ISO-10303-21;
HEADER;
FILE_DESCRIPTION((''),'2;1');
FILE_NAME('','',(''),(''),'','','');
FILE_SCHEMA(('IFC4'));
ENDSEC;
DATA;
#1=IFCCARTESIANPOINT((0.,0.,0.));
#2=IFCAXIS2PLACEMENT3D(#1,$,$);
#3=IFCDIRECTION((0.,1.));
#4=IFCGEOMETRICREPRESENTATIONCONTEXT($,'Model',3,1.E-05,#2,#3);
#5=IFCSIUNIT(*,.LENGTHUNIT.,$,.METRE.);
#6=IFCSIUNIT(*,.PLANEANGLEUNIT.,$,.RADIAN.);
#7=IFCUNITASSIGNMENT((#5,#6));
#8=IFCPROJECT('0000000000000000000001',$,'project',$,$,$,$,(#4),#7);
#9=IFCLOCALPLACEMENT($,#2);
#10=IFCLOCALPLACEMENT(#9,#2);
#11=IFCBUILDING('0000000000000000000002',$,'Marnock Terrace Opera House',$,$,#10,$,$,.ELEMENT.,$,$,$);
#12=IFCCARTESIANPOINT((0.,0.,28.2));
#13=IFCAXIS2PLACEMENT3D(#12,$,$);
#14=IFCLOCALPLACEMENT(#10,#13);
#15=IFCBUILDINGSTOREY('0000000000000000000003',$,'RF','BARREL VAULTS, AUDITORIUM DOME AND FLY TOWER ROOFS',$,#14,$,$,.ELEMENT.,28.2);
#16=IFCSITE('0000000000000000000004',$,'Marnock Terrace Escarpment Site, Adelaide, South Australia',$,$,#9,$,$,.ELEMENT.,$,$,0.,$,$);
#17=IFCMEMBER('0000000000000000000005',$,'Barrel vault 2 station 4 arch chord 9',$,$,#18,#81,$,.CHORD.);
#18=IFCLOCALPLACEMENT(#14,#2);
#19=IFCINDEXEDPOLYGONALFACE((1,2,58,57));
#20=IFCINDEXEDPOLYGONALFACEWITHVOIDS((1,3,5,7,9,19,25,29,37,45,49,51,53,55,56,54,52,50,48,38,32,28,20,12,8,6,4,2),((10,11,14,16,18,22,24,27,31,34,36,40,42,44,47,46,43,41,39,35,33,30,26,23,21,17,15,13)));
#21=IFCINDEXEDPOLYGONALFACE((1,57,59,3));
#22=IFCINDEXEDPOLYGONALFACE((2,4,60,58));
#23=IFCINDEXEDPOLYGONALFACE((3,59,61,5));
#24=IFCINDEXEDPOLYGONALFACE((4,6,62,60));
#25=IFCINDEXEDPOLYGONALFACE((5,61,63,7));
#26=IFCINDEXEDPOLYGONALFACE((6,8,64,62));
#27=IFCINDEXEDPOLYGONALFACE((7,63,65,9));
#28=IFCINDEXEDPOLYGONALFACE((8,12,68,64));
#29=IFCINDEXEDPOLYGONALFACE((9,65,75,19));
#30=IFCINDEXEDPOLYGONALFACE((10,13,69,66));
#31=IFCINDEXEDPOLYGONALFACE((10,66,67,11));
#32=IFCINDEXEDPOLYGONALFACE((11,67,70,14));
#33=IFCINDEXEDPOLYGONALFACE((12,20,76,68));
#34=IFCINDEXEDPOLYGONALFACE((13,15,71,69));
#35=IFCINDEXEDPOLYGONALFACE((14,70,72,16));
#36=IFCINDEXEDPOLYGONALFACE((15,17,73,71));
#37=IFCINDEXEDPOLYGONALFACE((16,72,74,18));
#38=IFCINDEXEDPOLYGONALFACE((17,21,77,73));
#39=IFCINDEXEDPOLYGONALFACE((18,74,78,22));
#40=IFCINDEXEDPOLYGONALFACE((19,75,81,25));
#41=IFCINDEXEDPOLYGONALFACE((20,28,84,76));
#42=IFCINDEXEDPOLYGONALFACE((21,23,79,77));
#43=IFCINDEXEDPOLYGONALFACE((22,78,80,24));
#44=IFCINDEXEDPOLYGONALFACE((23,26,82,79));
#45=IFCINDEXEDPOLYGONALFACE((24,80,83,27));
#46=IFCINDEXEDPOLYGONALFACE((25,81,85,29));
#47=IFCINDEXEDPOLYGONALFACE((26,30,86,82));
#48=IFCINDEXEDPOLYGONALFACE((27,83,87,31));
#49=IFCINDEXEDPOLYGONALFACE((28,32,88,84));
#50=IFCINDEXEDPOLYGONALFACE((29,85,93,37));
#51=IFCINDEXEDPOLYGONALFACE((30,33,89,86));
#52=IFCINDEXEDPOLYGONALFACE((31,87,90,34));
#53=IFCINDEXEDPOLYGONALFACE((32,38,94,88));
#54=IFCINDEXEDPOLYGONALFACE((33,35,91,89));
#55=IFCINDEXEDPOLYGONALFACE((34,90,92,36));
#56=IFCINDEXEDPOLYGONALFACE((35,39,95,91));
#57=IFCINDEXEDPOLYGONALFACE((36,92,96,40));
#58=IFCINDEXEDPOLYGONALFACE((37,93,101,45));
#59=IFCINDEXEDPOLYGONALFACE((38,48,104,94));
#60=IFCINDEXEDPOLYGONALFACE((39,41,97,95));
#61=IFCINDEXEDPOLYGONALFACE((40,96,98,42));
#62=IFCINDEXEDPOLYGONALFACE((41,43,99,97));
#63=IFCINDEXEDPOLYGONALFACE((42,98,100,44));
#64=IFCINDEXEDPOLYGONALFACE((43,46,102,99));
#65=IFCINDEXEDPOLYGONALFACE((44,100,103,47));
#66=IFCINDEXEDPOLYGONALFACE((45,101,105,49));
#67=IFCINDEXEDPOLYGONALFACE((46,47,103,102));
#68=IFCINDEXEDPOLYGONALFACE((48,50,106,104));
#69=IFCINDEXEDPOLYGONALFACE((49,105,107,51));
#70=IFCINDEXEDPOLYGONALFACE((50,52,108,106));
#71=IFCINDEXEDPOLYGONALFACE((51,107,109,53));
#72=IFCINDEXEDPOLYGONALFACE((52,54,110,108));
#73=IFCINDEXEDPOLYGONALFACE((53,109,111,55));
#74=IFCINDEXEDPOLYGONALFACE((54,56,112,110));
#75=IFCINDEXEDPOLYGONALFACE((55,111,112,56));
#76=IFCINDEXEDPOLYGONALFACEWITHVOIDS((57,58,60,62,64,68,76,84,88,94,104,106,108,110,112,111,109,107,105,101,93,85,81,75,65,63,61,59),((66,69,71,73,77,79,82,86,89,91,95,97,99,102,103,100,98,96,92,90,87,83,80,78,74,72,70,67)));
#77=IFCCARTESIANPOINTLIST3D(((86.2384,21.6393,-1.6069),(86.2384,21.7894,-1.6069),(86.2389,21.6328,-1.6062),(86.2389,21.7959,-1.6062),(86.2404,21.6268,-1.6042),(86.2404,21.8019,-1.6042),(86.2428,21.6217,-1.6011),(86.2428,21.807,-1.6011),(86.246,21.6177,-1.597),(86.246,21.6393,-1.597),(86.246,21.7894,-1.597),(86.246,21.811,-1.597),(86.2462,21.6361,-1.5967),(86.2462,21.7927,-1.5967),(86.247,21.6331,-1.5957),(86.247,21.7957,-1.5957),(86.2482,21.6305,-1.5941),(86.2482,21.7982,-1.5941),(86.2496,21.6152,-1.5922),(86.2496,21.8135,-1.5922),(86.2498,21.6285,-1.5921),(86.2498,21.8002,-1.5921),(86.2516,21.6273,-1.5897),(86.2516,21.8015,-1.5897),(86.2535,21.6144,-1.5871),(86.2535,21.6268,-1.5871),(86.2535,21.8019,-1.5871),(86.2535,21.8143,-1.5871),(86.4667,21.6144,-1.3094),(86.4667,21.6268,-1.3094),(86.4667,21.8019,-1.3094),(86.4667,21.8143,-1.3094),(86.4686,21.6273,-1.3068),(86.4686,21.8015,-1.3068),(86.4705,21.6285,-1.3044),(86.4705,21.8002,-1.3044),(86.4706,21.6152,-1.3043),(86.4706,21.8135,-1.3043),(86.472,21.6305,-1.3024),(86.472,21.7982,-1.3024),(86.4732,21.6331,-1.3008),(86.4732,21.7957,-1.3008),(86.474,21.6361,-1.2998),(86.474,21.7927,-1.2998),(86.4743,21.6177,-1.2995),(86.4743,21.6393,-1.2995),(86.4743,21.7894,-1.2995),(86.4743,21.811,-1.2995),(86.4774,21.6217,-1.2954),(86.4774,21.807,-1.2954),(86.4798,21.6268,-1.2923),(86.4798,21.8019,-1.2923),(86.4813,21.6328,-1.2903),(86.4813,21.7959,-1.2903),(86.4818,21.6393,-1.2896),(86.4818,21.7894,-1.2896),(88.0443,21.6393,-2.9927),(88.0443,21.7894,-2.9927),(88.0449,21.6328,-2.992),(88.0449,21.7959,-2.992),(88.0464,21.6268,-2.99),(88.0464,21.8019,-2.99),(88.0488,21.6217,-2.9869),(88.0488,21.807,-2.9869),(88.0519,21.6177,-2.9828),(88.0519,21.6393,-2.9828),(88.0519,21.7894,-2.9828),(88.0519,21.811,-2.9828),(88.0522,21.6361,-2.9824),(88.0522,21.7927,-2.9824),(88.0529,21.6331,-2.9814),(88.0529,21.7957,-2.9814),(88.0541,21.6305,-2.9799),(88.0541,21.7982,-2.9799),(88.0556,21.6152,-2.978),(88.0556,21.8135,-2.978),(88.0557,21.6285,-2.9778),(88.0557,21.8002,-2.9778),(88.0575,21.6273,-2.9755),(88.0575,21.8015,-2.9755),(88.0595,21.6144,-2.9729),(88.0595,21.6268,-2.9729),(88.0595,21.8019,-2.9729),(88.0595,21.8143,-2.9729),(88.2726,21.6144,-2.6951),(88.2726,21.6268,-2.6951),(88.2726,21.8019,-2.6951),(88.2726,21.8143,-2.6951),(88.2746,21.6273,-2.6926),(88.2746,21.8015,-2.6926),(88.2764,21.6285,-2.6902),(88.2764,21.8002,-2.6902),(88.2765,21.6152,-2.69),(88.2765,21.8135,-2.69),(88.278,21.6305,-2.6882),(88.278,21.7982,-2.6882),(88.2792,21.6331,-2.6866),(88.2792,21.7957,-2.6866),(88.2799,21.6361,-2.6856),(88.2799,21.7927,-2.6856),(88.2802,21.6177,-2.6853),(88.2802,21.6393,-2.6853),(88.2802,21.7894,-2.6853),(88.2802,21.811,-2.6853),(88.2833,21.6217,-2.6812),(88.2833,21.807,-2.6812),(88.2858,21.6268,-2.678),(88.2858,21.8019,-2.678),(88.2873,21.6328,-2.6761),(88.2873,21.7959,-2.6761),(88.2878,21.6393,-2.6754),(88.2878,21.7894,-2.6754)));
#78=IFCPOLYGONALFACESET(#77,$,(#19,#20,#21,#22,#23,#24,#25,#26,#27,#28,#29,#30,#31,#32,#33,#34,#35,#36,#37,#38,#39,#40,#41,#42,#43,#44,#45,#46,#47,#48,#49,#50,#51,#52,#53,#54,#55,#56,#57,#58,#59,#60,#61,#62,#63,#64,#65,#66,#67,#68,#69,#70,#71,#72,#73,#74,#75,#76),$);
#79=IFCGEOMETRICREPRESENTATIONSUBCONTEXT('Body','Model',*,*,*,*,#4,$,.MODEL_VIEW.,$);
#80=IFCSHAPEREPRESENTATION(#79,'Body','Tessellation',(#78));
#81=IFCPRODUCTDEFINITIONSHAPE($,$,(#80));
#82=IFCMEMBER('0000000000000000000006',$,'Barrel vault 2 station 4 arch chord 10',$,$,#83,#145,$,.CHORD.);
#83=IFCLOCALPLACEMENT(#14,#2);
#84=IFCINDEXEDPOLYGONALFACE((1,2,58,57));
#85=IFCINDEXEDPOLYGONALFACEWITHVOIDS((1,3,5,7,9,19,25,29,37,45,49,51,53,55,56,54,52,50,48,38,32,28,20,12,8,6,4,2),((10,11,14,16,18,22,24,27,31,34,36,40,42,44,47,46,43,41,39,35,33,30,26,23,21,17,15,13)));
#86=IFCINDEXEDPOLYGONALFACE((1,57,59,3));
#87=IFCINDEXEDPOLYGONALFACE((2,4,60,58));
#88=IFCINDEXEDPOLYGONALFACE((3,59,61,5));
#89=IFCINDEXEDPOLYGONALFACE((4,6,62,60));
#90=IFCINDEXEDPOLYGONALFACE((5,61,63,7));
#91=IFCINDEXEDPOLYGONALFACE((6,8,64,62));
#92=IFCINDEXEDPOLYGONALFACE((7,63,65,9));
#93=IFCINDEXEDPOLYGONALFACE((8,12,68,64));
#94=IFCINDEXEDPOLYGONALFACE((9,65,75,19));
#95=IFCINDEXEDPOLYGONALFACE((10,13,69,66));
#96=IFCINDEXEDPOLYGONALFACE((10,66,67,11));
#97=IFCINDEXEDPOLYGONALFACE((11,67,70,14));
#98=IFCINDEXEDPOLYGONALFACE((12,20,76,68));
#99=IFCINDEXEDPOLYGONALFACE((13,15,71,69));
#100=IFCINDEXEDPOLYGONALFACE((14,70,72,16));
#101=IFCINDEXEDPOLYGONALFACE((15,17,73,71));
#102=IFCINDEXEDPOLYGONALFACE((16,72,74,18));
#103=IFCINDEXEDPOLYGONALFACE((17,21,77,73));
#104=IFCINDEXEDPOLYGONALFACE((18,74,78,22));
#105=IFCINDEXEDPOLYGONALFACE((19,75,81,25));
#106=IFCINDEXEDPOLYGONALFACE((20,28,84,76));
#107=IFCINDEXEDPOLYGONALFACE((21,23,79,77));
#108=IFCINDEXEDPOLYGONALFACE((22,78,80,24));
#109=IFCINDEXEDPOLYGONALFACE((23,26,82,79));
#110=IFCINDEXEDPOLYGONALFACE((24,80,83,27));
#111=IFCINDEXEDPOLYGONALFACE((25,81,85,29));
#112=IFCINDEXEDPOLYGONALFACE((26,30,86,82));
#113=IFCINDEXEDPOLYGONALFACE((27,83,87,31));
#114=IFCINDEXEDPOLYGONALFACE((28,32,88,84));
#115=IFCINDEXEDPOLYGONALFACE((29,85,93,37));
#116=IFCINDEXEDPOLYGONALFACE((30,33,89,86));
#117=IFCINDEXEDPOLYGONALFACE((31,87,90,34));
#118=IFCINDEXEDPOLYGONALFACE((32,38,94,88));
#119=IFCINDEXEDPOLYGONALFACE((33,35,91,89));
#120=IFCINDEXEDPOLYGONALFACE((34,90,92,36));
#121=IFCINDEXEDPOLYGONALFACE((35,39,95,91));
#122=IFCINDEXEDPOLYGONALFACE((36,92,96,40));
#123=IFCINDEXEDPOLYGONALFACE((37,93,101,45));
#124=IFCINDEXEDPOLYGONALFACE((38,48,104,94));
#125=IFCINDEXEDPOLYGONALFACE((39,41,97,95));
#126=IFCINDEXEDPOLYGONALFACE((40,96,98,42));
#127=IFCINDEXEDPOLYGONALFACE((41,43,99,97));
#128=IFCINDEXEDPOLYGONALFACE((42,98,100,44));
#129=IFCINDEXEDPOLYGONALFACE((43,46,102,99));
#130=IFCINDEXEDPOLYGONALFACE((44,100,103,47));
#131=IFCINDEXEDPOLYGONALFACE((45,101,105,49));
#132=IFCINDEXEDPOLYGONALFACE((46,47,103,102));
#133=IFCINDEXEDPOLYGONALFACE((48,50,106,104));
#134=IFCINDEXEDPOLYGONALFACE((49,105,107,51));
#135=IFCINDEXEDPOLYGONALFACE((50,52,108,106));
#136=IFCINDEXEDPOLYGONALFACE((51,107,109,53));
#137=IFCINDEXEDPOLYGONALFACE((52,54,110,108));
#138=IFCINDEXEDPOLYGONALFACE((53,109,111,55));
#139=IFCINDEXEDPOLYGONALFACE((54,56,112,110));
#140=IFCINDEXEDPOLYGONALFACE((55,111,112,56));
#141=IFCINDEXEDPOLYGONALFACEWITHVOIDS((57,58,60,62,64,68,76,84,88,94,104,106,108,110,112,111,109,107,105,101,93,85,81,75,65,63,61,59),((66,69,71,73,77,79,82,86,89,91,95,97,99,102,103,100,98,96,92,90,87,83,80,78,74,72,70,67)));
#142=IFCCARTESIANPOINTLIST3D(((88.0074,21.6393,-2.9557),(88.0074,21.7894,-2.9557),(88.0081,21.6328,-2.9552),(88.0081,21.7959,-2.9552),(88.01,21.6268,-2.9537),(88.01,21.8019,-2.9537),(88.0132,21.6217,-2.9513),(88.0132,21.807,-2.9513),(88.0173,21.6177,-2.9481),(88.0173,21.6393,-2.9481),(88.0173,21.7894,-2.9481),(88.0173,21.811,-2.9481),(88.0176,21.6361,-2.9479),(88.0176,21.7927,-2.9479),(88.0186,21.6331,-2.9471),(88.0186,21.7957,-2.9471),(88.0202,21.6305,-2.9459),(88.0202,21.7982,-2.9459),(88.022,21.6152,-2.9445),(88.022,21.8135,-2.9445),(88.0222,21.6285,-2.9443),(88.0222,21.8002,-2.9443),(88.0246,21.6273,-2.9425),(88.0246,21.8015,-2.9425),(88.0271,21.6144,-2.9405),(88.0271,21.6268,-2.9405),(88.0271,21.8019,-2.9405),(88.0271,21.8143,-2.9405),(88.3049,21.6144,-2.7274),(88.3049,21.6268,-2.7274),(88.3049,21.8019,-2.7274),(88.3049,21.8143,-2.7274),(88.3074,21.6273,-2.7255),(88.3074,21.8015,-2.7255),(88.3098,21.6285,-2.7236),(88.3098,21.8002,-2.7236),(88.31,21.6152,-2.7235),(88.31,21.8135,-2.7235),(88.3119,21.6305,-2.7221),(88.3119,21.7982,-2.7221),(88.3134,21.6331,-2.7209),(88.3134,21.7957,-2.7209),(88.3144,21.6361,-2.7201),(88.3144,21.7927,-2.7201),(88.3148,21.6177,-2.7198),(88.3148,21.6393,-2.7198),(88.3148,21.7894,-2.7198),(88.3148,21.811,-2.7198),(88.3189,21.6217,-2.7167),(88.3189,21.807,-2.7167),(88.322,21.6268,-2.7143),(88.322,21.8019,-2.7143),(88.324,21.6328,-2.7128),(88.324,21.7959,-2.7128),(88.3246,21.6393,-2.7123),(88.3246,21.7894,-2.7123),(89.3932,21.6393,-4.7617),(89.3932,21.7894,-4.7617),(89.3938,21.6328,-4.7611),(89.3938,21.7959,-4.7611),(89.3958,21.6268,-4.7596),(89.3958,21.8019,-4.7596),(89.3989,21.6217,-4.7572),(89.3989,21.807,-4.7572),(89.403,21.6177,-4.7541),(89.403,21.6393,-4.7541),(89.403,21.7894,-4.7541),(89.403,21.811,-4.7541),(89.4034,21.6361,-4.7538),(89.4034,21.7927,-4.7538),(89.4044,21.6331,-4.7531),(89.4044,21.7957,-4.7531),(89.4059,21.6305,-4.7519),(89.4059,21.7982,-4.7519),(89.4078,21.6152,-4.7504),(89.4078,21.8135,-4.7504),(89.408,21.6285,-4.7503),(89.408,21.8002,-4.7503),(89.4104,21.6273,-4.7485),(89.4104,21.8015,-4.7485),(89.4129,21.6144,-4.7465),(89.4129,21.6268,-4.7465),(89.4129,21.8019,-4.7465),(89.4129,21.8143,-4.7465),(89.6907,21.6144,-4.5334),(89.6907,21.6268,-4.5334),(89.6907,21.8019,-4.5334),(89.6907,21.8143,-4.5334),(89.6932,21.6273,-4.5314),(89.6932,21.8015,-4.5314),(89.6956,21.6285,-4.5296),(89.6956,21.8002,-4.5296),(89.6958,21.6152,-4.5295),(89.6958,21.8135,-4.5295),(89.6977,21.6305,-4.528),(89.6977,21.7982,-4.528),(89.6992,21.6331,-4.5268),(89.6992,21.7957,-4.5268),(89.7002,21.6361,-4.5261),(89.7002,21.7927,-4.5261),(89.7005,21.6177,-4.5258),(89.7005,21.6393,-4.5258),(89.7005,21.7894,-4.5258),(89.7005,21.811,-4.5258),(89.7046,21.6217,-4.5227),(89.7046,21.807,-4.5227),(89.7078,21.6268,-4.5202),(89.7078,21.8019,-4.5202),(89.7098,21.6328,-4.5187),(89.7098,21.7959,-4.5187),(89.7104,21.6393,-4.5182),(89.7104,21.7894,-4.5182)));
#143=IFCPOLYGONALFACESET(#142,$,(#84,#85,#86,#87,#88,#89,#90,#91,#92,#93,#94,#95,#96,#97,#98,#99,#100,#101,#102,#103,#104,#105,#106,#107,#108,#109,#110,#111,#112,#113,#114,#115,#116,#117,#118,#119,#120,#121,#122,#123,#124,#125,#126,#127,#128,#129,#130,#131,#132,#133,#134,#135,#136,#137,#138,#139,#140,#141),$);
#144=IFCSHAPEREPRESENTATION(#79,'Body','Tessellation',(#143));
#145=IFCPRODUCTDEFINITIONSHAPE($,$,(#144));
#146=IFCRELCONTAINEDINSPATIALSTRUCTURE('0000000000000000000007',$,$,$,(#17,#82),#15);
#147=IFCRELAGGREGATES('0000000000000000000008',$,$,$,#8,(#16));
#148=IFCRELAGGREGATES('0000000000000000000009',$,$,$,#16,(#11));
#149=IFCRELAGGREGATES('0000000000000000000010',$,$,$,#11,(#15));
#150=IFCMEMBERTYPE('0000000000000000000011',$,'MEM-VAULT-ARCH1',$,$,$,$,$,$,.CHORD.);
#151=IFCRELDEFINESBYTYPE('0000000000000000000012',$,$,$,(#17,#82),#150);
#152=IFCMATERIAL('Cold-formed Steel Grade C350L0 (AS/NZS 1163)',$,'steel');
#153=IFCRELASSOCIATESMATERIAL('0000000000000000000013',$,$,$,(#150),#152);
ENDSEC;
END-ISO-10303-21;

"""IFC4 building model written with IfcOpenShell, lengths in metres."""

from ifc_helpers import new_model, si_unit, direction, frame, origin, origin_2d, place, context, subcontext, project, spatial, hollow_rectangle, extrude, material, material_profile, profile_set, type_object, element, save


model = new_model("IFC4")

# Units and contexts
model_context = context("Model", 3, precision=1e-05, world=origin(), true_north=direction((0.0, 1.0)))
body_context = subcontext(model_context, "Body", "Model", "MODEL_VIEW")
ifc_project = project(units=[si_unit("LENGTHUNIT", "METRE"), si_unit("PLANEANGLEUNIT", "RADIAN")], contexts=[model_context])

# Site, building, storey
site_placement = place(None, origin())
site = spatial("IfcSite", under=ifc_project, at=site_placement, Name="Marnock Terrace Escarpment Site, Adelaide, South Australia", CompositionType="ELEMENT", RefElevation=0.0)
building_placement = place(site_placement, origin())
building = spatial("IfcBuilding", under=site, at=building_placement, Name="Marnock Terrace Opera House", CompositionType="ELEMENT")
storey_placement = place(building_placement, frame((0.0, 0.0, 28.2)))
storey = spatial("IfcBuildingStorey", under=building, at=storey_placement, Name="RF", Description="BARREL VAULTS, AUDITORIUM DOME AND FLY TOWER ROOFS", CompositionType="ELEMENT", Elevation=28.2)

# Members
ifc_material = material(Name="Cold-formed Steel Grade C350L0 (AS/NZS 1163)", Category="steel")
ifc_material_profile_1 = material_profile(ifc_material, hollow_rectangle(XDim=0.2, YDim=0.3999, WallThickness=0.0125, InnerFilletRadius=0.0125, OuterFilletRadius=0.0249, at=origin_2d()))
ifc_profile_set_1 = profile_set([ifc_material_profile_1], Name="Cold-formed Steel Grade C350L0 (AS/NZS 1163)")
member_type_1 = type_object("IfcMemberType", Name="MEM-VAULT-ARCH1", PredefinedType="CHORD", material=ifc_profile_set_1)
for number, where, z_axis, x_axis, name in (
    (1, (86.3601, 21.7144, -1.4482), (0.793349, 0.0, -0.608767), (0.0, 1.0, 0.0), "Barrel vault 2 station 4 arch chord 9"),
    (2, (88.166, 21.7144, -2.834), (0.608767, 0.0, -0.793349), (0.0, 1.0, 0.0), "Barrel vault 2 station 4 arch chord 10"),
):
    element("IfcMember", number, at=place(storey_placement, frame(where, z_axis=z_axis, x_axis=x_axis)), inside=storey, type_object=member_type_1, Name=name, PredefinedType="CHORD", context=body_context, shape_type="SweptSolid", body=[
        extrude(hollow_rectangle(XDim=0.2, YDim=0.3999, WallThickness=0.0125, InnerFilletRadius=0.0125, OuterFilletRadius=0.0249, at=origin_2d()), origin(), (0.0, 0.0, 1.0), 2.2764),
    ])

save(model, "model.ifc")
